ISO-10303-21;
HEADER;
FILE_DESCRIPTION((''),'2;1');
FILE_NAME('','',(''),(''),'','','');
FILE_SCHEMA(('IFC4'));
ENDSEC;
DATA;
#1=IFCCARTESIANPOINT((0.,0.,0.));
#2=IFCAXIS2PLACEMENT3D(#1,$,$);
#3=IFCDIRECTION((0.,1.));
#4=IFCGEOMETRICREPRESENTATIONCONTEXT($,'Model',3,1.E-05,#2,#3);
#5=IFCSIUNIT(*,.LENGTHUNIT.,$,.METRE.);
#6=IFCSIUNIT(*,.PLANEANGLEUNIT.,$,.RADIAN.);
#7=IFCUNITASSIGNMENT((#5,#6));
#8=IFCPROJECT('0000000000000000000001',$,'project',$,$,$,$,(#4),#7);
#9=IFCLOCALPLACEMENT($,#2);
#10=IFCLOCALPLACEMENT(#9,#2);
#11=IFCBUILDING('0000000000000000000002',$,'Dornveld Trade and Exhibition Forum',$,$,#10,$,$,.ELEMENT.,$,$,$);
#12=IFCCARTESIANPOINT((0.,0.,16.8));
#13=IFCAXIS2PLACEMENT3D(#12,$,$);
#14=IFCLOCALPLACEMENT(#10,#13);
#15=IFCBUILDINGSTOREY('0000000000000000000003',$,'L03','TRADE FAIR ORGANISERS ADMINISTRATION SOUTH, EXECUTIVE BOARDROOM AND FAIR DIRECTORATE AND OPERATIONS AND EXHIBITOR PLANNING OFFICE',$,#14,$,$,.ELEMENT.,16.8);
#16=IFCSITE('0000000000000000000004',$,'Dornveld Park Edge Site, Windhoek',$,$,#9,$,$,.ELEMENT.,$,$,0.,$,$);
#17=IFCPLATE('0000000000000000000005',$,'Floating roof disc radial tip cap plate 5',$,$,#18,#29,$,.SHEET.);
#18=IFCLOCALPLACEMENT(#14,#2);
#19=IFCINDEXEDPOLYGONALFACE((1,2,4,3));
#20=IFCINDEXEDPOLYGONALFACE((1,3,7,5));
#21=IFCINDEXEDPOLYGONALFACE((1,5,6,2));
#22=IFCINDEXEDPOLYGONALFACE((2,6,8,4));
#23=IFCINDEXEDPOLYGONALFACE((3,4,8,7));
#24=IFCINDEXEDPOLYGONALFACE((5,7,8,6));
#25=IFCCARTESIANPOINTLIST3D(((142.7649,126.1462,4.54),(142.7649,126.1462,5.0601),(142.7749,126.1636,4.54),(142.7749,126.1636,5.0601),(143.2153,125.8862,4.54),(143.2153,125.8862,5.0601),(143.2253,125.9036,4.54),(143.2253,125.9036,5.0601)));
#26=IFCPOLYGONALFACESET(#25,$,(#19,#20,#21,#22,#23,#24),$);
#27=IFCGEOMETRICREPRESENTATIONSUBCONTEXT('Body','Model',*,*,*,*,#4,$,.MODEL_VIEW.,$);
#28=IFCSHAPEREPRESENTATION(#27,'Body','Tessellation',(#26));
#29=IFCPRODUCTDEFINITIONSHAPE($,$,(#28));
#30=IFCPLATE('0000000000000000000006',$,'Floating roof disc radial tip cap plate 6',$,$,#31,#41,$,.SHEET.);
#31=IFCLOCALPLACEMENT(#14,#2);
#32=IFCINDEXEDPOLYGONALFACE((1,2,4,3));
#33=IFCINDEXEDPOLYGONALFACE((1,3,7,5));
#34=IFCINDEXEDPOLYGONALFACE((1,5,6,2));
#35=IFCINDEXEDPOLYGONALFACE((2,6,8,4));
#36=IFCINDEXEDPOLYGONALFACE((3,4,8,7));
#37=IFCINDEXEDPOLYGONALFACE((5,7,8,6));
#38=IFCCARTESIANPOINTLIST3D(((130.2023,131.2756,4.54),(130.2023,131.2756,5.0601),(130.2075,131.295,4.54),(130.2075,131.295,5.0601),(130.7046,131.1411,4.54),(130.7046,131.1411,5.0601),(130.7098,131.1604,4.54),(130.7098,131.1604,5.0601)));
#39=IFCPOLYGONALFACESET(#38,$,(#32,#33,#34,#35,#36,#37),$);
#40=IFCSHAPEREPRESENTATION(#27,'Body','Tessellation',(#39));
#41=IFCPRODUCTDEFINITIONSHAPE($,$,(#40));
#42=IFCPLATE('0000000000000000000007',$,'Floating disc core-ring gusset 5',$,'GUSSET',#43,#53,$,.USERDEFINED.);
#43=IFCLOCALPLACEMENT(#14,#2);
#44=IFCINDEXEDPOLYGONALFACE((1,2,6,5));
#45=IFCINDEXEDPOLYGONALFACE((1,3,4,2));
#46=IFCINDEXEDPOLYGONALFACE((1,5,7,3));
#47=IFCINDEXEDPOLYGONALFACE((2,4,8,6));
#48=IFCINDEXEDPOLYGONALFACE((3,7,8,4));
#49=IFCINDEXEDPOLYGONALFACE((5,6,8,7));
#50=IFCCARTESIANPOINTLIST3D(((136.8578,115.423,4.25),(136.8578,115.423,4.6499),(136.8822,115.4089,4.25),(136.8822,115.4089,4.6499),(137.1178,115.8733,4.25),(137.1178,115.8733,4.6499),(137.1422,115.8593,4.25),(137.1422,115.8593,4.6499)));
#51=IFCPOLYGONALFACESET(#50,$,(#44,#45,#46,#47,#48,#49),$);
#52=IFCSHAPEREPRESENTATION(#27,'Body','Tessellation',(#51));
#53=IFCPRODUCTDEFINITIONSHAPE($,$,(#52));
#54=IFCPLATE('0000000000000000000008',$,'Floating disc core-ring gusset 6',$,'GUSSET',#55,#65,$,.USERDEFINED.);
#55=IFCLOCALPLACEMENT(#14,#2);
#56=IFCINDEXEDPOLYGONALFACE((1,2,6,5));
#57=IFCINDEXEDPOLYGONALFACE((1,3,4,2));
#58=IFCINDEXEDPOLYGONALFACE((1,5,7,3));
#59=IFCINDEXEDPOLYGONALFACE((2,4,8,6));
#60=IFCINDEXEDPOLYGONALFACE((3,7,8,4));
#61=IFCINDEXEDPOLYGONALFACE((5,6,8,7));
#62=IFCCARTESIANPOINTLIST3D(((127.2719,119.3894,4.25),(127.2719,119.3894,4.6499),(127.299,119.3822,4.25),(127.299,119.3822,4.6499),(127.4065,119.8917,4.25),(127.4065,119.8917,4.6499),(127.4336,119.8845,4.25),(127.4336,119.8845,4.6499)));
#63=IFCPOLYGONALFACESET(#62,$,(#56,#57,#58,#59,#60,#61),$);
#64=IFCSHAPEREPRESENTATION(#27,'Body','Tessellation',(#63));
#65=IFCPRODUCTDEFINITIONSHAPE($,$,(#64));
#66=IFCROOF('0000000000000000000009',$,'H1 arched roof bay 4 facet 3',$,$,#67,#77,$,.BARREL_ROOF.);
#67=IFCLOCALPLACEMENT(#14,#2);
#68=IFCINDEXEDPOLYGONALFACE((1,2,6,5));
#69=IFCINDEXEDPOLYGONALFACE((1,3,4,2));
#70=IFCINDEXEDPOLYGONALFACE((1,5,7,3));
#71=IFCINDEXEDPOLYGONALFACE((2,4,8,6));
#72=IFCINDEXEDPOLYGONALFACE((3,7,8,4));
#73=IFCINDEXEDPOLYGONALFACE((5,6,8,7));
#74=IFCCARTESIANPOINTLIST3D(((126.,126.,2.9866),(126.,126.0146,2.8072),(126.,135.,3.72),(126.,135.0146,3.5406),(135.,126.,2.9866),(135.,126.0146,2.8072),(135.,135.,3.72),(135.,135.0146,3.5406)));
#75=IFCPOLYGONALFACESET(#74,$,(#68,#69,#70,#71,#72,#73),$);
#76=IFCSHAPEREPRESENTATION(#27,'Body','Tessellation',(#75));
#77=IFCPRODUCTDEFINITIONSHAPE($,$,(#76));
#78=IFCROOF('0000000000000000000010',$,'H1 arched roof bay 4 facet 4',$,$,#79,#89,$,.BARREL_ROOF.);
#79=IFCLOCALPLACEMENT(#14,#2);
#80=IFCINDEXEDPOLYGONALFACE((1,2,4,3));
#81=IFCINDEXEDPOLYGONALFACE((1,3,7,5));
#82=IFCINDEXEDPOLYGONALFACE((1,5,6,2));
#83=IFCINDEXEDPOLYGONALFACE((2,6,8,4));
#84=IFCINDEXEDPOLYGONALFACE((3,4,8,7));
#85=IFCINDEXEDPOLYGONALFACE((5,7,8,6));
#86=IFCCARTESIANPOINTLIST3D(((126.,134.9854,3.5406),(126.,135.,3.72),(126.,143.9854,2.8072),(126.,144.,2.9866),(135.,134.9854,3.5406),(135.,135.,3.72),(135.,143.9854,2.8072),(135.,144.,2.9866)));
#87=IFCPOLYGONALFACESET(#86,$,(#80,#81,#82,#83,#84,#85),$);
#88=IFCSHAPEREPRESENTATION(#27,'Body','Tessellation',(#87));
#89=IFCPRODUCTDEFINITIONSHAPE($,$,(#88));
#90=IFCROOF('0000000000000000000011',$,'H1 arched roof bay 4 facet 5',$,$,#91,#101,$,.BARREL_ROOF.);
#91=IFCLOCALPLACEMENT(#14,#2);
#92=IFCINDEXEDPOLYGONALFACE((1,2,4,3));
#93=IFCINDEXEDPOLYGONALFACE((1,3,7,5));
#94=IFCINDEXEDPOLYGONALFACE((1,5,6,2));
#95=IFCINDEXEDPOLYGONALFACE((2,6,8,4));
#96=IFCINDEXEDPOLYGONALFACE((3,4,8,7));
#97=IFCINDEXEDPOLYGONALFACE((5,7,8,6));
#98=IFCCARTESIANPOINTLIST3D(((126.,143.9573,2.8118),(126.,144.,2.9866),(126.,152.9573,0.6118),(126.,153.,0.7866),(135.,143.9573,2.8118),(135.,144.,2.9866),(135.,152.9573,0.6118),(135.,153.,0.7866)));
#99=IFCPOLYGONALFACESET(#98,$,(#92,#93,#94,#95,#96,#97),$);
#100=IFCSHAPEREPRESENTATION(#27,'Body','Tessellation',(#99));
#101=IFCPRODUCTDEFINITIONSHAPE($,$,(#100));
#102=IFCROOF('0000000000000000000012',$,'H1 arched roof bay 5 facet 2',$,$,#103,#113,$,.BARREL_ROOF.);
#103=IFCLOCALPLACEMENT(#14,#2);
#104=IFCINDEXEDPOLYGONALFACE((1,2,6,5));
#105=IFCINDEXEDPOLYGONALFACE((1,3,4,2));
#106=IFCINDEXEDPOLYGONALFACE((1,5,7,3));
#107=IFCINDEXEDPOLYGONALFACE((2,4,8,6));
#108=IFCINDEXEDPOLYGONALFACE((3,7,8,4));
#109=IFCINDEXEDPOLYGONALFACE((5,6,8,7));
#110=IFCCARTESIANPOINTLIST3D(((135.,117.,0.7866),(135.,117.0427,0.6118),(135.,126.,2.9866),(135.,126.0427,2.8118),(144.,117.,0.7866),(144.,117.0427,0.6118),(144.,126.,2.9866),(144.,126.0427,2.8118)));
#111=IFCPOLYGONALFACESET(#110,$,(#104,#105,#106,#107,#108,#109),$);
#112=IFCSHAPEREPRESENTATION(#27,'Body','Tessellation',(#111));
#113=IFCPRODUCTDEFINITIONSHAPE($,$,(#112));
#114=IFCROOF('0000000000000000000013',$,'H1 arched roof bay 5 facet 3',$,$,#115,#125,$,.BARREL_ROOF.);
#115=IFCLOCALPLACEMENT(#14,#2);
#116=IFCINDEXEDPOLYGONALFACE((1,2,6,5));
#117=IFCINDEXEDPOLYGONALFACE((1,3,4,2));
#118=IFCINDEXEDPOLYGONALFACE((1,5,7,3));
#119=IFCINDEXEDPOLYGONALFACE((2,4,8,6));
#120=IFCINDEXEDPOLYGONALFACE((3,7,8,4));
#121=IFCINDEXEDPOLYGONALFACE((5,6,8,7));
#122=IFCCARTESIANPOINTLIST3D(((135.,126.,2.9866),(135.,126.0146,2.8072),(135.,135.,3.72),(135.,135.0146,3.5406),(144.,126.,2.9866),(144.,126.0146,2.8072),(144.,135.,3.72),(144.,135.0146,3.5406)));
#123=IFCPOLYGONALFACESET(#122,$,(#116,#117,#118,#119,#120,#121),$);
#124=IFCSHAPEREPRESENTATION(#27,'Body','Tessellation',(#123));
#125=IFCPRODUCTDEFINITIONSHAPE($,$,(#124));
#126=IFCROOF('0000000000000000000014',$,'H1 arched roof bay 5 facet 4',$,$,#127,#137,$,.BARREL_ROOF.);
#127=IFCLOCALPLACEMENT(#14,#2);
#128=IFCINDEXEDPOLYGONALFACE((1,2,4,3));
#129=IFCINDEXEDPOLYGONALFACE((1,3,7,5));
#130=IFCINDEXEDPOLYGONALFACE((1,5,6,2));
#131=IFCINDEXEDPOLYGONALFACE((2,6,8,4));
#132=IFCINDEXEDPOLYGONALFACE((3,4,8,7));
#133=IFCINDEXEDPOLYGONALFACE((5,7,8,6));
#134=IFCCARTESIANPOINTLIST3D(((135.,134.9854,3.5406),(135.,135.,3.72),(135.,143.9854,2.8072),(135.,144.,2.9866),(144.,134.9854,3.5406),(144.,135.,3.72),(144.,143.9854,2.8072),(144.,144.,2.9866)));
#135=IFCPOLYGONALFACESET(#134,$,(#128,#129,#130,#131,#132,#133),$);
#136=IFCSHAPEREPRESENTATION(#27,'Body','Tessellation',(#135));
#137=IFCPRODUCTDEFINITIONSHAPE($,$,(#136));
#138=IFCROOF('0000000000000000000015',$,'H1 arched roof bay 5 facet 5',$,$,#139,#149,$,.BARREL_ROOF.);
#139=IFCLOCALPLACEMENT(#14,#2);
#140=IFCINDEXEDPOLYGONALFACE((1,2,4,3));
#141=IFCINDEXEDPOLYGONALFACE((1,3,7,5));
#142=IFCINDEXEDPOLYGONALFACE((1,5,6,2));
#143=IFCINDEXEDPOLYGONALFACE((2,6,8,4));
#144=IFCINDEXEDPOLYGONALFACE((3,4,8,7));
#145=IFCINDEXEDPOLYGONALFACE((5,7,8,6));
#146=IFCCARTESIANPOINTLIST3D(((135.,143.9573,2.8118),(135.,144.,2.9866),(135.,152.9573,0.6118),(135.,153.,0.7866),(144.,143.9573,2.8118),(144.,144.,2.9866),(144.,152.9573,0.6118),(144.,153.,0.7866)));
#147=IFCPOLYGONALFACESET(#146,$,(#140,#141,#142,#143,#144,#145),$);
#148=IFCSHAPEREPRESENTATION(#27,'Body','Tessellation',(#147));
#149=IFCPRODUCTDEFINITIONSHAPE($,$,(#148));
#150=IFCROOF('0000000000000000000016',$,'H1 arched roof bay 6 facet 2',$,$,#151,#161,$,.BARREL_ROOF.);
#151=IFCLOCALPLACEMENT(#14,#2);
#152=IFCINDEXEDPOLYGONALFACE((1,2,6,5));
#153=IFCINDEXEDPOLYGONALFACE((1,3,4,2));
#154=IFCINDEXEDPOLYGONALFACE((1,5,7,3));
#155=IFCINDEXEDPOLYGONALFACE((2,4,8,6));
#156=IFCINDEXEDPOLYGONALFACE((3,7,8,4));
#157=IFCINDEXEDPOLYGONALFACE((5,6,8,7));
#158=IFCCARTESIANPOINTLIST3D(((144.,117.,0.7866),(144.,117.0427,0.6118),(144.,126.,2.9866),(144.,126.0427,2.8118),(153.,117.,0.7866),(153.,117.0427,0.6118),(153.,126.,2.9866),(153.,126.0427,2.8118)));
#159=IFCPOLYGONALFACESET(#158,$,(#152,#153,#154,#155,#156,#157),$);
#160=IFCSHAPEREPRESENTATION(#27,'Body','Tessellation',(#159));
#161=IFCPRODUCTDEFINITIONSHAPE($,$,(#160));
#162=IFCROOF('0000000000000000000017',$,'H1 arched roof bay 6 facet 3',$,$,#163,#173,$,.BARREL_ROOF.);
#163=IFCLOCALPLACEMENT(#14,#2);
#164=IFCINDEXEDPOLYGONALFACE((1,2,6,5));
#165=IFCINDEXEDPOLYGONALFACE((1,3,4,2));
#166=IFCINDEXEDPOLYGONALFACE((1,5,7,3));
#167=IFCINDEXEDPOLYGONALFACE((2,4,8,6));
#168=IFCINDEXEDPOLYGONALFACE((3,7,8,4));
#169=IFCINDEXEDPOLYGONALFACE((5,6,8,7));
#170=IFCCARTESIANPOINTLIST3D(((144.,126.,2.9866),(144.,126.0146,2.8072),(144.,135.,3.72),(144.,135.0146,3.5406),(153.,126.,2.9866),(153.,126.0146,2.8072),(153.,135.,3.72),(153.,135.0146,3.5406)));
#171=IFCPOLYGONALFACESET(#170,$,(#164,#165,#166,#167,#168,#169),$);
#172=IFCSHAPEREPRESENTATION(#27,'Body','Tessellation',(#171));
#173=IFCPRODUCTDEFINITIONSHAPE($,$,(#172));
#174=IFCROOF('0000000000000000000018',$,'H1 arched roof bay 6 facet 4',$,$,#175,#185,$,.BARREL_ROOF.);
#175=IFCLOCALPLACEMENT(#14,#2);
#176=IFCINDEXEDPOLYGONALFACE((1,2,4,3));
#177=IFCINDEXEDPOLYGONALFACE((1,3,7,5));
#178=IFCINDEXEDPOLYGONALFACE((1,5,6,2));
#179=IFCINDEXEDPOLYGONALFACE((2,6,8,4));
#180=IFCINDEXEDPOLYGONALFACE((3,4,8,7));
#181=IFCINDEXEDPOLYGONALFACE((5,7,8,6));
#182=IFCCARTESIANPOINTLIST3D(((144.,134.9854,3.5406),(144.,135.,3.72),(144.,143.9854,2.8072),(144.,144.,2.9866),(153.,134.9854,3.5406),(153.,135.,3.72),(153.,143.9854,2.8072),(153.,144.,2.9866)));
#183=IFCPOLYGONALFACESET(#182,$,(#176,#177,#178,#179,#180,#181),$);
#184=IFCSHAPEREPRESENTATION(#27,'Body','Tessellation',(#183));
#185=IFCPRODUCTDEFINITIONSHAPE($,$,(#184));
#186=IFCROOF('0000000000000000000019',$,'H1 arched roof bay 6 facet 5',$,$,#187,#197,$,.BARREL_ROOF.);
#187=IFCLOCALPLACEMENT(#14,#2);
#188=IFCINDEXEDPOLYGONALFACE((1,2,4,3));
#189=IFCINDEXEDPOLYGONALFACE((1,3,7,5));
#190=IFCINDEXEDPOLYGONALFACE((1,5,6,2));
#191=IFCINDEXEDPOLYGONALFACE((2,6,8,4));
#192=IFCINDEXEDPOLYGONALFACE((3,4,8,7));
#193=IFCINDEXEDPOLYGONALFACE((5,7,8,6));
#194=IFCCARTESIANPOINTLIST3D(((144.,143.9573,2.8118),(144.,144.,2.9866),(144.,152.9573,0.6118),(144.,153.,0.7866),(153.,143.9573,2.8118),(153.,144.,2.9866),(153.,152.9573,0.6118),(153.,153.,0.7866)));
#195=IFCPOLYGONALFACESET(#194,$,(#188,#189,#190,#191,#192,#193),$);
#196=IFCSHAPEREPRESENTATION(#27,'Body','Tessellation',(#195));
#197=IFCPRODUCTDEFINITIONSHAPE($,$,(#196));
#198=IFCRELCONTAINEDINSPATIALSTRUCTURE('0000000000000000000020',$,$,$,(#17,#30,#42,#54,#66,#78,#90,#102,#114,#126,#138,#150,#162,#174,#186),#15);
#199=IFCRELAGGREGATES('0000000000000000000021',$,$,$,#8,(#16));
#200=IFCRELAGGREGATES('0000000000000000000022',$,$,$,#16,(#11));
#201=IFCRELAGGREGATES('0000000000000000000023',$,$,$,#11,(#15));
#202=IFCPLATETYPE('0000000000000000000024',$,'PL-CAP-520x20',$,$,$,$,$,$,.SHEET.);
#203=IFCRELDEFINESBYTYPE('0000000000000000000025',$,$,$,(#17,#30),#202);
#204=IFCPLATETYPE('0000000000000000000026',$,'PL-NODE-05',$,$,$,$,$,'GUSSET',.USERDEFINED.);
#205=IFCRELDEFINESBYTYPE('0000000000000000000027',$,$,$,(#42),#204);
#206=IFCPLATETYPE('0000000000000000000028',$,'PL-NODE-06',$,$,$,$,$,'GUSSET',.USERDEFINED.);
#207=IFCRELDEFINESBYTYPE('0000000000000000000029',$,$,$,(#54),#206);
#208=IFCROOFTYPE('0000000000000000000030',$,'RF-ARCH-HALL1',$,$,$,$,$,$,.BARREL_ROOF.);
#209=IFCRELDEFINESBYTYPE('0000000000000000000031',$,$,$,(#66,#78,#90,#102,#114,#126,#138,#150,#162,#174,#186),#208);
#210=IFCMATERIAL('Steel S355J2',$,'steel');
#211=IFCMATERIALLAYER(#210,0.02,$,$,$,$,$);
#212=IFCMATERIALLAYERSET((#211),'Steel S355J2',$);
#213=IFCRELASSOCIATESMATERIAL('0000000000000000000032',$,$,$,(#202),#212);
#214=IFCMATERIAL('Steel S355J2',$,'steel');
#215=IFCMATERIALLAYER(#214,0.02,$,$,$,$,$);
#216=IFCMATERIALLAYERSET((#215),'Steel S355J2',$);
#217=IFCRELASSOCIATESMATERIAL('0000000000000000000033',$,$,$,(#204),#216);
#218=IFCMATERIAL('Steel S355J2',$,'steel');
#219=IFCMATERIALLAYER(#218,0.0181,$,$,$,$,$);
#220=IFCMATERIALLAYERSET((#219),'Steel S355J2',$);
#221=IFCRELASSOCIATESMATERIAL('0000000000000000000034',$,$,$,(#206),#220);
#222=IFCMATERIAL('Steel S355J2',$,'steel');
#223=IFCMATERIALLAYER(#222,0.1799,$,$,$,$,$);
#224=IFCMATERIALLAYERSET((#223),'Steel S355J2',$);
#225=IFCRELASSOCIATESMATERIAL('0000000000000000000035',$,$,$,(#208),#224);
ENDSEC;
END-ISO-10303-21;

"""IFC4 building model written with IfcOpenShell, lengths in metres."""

from ifc_helpers import new_model, si_unit, direction, frame, origin, origin_2d, place, context, subcontext, project, spatial, polyline, rectangle, outline, extrude, material, layer, layer_set, type_object, element, save


model = new_model("IFC4")

# Units and contexts
model_context = context("Model", 3, precision=1e-05, world=origin(), true_north=direction((0.0, 1.0)))
body_context = subcontext(model_context, "Body", "Model", "MODEL_VIEW")
ifc_project = project(units=[si_unit("LENGTHUNIT", "METRE"), si_unit("PLANEANGLEUNIT", "RADIAN")], contexts=[model_context])

# Site, building, storey
site_placement = place(None, origin())
site = spatial("IfcSite", under=ifc_project, at=site_placement, Name="Dornveld Park Edge Site, Windhoek", CompositionType="ELEMENT", RefElevation=0.0)
building_placement = place(site_placement, origin())
building = spatial("IfcBuilding", under=site, at=building_placement, Name="Dornveld Trade and Exhibition Forum", CompositionType="ELEMENT")
storey_placement = place(building_placement, frame((0.0, 0.0, 16.8)))
storey = spatial("IfcBuildingStorey", under=building, at=storey_placement, Name="L03", Description="TRADE FAIR ORGANISERS ADMINISTRATION SOUTH, EXECUTIVE BOARDROOM AND FAIR DIRECTORATE AND OPERATIONS AND EXHIBITOR PLANNING OFFICE", CompositionType="ELEMENT", Elevation=16.8)

# Plates
ifc_material_1 = material(Name="Steel S355J2", Category="steel")
ifc_layer_1 = layer(ifc_material_1, 0.02)
ifc_layer_set_1 = layer_set([ifc_layer_1], Name="Steel S355J2")
plate_type_1 = type_object("IfcPlateType", Name="PL-CAP-520x20", PredefinedType="SHEET", material=ifc_layer_set_1)
for number, where, z_axis, x_axis, name in (
    (1, (142.9951, 126.0249, 4.54), (0.0, 0.0, 1.0), (0.5, 0.866025, 0.0), "Floating roof disc radial tip cap plate 5"),
    (2, (130.4561, 131.218, 4.54), (0.0, 0.0, 1.0), (0.258819, 0.965926, 0.0), "Floating roof disc radial tip cap plate 6"),
):
    element("IfcPlate", number, at=place(storey_placement, frame(where, z_axis=z_axis, x_axis=x_axis)), inside=storey, type_object=plate_type_1, Name=name, PredefinedType="SHEET", context=body_context, shape_type="SweptSolid", body=[
        extrude(rectangle(XDim=0.02, YDim=0.52, at=origin_2d()), origin(), (0.0, 0.0, 1.0), 0.52),
    ])
ifc_material_2 = material(Name="Steel S355J2", Category="steel")
ifc_layer_2 = layer(ifc_material_2, 0.02)
ifc_layer_set_2 = layer_set([ifc_layer_2], Name="Steel S355J2")
plate_type_2 = type_object("IfcPlateType", Name="PL-NODE-05", ElementType="GUSSET", PredefinedType="USERDEFINED", material=ifc_layer_set_2)
plate_1_placement = place(storey_placement, frame((137.0, 115.6411, 4.25), z_axis=(0.0, 0.0, 1.0), x_axis=(0.5, 0.866025, 0.0)))
element("IfcPlate", 3, at=plate_1_placement, inside=storey, type_object=plate_type_2, Name="Floating disc core-ring gusset 5", ObjectType="GUSSET", PredefinedType="USERDEFINED", context=body_context, shape_type="SweptSolid", body=[
    extrude(rectangle(XDim=0.52, YDim=0.0281, at=origin_2d()), origin(), (0.0, 0.0, 1.0), 0.3999),
])
ifc_material_3 = material(Name="Steel S355J2", Category="steel")
ifc_layer_3 = layer(ifc_material_3, 0.0181)
ifc_layer_set_3 = layer_set([ifc_layer_3], Name="Steel S355J2")
plate_type_3 = type_object("IfcPlateType", Name="PL-NODE-06", ElementType="GUSSET", PredefinedType="USERDEFINED", material=ifc_layer_set_3)
plate_2_placement = place(storey_placement, frame((127.3528, 119.637, 4.25), z_axis=(0.0, 0.0, 1.0), x_axis=(0.258819, 0.965926, 0.0)))
element("IfcPlate", 4, at=plate_2_placement, inside=storey, type_object=plate_type_3, Name="Floating disc core-ring gusset 6", ObjectType="GUSSET", PredefinedType="USERDEFINED", context=body_context, shape_type="SweptSolid", body=[
    extrude(rectangle(XDim=0.52, YDim=0.0281, at=origin_2d()), origin(), (0.0, 0.0, 1.0), 0.3999),
])

# Roofs
ifc_material_4 = material(Name="Steel S355J2", Category="steel")
ifc_layer_4 = layer(ifc_material_4, 0.1799)
ifc_layer_set_4 = layer_set([ifc_layer_4], Name="Steel S355J2")
roof_type = type_object("IfcRoofType", Name="RF-ARCH-HALL1", PredefinedType="BARREL_ROOF", material=ifc_layer_set_4)
for number, where, z_axis, x_axis, name in (
    (5, (126.0, 126.0, 2.9866), (0.0, -0.081219, 0.996696), (1.0, 0.0, 0.0), "H1 arched roof bay 4 facet 3"),
    (6, (126.0, 135.0, 3.72), (0.0, 0.081219, 0.996696), (1.0, 0.0, 0.0), "H1 arched roof bay 4 facet 4"),
):
    element("IfcRoof", number, at=place(storey_placement, frame(where, z_axis=z_axis, x_axis=x_axis)), inside=storey, type_object=roof_type, Name=name, PredefinedType="BARREL_ROOF", context=body_context, shape_type="SweptSolid", body=[
        extrude(outline(polyline([(0.0, 0.0), (9.0, 0.0), (9.0, 9.0298), (0.0, 9.0298), (0.0, 0.0)])), origin(), (0.0, 0.0, -1.0), 0.1799),
    ])
for number, where, z_axis, x_axis, name in (
    (7, (126.0, 144.0, 2.9866), (0.0, 0.237448, 0.9714), (1.0, 0.0, 0.0), "H1 arched roof bay 4 facet 5"),
    (8, (135.0, 117.0, 0.7866), (0.0, -0.237448, 0.9714), (1.0, 0.0, 0.0), "H1 arched roof bay 5 facet 2"),
):
    element("IfcRoof", number, at=place(storey_placement, frame(where, z_axis=z_axis, x_axis=x_axis)), inside=storey, type_object=roof_type, Name=name, PredefinedType="BARREL_ROOF", context=body_context, shape_type="SweptSolid", body=[
        extrude(outline(polyline([(0.0, 0.0), (9.0, 0.0), (9.0, 9.265), (0.0, 9.265), (0.0, 0.0)])), origin(), (0.0, 0.0, -1.0), 0.1799),
    ])
for number, where, z_axis, x_axis, name in (
    (9, (135.0, 126.0, 2.9866), (0.0, -0.081219, 0.996696), (1.0, 0.0, 0.0), "H1 arched roof bay 5 facet 3"),
    (10, (135.0, 135.0, 3.72), (0.0, 0.081219, 0.996696), (1.0, 0.0, 0.0), "H1 arched roof bay 5 facet 4"),
):
    element("IfcRoof", number, at=place(storey_placement, frame(where, z_axis=z_axis, x_axis=x_axis)), inside=storey, type_object=roof_type, Name=name, PredefinedType="BARREL_ROOF", context=body_context, shape_type="SweptSolid", body=[
        extrude(outline(polyline([(0.0, 0.0), (9.0, 0.0), (9.0, 9.0298), (0.0, 9.0298), (0.0, 0.0)])), origin(), (0.0, 0.0, -1.0), 0.1799),
    ])
for number, where, z_axis, x_axis, name in (
    (11, (135.0, 144.0, 2.9866), (0.0, 0.237448, 0.9714), (1.0, 0.0, 0.0), "H1 arched roof bay 5 facet 5"),
    (12, (144.0, 117.0, 0.7866), (0.0, -0.237448, 0.9714), (1.0, 0.0, 0.0), "H1 arched roof bay 6 facet 2"),
):
    element("IfcRoof", number, at=place(storey_placement, frame(where, z_axis=z_axis, x_axis=x_axis)), inside=storey, type_object=roof_type, Name=name, PredefinedType="BARREL_ROOF", context=body_context, shape_type="SweptSolid", body=[
        extrude(outline(polyline([(0.0, 0.0), (9.0, 0.0), (9.0, 9.265), (0.0, 9.265), (0.0, 0.0)])), origin(), (0.0, 0.0, -1.0), 0.1799),
    ])
for number, where, z_axis, x_axis, name in (
    (13, (144.0, 126.0, 2.9866), (0.0, -0.081219, 0.996696), (1.0, 0.0, 0.0), "H1 arched roof bay 6 facet 3"),
    (14, (144.0, 135.0, 3.72), (0.0, 0.081219, 0.996696), (1.0, 0.0, 0.0), "H1 arched roof bay 6 facet 4"),
):
    element("IfcRoof", number, at=place(storey_placement, frame(where, z_axis=z_axis, x_axis=x_axis)), inside=storey, type_object=roof_type, Name=name, PredefinedType="BARREL_ROOF", context=body_context, shape_type="SweptSolid", body=[
        extrude(outline(polyline([(0.0, 0.0), (9.0, 0.0), (9.0, 9.0298), (0.0, 9.0298), (0.0, 0.0)])), origin(), (0.0, 0.0, -1.0), 0.1799),
    ])
roof_placement = place(storey_placement, frame((144.0, 144.0, 2.9866), z_axis=(0.0, 0.237448, 0.9714), x_axis=(1.0, 0.0, 0.0)))
element("IfcRoof", 15, at=roof_placement, inside=storey, type_object=roof_type, Name="H1 arched roof bay 6 facet 5", PredefinedType="BARREL_ROOF", context=body_context, shape_type="SweptSolid", body=[
    extrude(outline(polyline([(0.0, 0.0), (9.0, 0.0), (9.0, 9.265), (0.0, 9.265), (0.0, 0.0)])), origin(), (0.0, 0.0, -1.0), 0.1799),
])

save(model, "model.ifc")
